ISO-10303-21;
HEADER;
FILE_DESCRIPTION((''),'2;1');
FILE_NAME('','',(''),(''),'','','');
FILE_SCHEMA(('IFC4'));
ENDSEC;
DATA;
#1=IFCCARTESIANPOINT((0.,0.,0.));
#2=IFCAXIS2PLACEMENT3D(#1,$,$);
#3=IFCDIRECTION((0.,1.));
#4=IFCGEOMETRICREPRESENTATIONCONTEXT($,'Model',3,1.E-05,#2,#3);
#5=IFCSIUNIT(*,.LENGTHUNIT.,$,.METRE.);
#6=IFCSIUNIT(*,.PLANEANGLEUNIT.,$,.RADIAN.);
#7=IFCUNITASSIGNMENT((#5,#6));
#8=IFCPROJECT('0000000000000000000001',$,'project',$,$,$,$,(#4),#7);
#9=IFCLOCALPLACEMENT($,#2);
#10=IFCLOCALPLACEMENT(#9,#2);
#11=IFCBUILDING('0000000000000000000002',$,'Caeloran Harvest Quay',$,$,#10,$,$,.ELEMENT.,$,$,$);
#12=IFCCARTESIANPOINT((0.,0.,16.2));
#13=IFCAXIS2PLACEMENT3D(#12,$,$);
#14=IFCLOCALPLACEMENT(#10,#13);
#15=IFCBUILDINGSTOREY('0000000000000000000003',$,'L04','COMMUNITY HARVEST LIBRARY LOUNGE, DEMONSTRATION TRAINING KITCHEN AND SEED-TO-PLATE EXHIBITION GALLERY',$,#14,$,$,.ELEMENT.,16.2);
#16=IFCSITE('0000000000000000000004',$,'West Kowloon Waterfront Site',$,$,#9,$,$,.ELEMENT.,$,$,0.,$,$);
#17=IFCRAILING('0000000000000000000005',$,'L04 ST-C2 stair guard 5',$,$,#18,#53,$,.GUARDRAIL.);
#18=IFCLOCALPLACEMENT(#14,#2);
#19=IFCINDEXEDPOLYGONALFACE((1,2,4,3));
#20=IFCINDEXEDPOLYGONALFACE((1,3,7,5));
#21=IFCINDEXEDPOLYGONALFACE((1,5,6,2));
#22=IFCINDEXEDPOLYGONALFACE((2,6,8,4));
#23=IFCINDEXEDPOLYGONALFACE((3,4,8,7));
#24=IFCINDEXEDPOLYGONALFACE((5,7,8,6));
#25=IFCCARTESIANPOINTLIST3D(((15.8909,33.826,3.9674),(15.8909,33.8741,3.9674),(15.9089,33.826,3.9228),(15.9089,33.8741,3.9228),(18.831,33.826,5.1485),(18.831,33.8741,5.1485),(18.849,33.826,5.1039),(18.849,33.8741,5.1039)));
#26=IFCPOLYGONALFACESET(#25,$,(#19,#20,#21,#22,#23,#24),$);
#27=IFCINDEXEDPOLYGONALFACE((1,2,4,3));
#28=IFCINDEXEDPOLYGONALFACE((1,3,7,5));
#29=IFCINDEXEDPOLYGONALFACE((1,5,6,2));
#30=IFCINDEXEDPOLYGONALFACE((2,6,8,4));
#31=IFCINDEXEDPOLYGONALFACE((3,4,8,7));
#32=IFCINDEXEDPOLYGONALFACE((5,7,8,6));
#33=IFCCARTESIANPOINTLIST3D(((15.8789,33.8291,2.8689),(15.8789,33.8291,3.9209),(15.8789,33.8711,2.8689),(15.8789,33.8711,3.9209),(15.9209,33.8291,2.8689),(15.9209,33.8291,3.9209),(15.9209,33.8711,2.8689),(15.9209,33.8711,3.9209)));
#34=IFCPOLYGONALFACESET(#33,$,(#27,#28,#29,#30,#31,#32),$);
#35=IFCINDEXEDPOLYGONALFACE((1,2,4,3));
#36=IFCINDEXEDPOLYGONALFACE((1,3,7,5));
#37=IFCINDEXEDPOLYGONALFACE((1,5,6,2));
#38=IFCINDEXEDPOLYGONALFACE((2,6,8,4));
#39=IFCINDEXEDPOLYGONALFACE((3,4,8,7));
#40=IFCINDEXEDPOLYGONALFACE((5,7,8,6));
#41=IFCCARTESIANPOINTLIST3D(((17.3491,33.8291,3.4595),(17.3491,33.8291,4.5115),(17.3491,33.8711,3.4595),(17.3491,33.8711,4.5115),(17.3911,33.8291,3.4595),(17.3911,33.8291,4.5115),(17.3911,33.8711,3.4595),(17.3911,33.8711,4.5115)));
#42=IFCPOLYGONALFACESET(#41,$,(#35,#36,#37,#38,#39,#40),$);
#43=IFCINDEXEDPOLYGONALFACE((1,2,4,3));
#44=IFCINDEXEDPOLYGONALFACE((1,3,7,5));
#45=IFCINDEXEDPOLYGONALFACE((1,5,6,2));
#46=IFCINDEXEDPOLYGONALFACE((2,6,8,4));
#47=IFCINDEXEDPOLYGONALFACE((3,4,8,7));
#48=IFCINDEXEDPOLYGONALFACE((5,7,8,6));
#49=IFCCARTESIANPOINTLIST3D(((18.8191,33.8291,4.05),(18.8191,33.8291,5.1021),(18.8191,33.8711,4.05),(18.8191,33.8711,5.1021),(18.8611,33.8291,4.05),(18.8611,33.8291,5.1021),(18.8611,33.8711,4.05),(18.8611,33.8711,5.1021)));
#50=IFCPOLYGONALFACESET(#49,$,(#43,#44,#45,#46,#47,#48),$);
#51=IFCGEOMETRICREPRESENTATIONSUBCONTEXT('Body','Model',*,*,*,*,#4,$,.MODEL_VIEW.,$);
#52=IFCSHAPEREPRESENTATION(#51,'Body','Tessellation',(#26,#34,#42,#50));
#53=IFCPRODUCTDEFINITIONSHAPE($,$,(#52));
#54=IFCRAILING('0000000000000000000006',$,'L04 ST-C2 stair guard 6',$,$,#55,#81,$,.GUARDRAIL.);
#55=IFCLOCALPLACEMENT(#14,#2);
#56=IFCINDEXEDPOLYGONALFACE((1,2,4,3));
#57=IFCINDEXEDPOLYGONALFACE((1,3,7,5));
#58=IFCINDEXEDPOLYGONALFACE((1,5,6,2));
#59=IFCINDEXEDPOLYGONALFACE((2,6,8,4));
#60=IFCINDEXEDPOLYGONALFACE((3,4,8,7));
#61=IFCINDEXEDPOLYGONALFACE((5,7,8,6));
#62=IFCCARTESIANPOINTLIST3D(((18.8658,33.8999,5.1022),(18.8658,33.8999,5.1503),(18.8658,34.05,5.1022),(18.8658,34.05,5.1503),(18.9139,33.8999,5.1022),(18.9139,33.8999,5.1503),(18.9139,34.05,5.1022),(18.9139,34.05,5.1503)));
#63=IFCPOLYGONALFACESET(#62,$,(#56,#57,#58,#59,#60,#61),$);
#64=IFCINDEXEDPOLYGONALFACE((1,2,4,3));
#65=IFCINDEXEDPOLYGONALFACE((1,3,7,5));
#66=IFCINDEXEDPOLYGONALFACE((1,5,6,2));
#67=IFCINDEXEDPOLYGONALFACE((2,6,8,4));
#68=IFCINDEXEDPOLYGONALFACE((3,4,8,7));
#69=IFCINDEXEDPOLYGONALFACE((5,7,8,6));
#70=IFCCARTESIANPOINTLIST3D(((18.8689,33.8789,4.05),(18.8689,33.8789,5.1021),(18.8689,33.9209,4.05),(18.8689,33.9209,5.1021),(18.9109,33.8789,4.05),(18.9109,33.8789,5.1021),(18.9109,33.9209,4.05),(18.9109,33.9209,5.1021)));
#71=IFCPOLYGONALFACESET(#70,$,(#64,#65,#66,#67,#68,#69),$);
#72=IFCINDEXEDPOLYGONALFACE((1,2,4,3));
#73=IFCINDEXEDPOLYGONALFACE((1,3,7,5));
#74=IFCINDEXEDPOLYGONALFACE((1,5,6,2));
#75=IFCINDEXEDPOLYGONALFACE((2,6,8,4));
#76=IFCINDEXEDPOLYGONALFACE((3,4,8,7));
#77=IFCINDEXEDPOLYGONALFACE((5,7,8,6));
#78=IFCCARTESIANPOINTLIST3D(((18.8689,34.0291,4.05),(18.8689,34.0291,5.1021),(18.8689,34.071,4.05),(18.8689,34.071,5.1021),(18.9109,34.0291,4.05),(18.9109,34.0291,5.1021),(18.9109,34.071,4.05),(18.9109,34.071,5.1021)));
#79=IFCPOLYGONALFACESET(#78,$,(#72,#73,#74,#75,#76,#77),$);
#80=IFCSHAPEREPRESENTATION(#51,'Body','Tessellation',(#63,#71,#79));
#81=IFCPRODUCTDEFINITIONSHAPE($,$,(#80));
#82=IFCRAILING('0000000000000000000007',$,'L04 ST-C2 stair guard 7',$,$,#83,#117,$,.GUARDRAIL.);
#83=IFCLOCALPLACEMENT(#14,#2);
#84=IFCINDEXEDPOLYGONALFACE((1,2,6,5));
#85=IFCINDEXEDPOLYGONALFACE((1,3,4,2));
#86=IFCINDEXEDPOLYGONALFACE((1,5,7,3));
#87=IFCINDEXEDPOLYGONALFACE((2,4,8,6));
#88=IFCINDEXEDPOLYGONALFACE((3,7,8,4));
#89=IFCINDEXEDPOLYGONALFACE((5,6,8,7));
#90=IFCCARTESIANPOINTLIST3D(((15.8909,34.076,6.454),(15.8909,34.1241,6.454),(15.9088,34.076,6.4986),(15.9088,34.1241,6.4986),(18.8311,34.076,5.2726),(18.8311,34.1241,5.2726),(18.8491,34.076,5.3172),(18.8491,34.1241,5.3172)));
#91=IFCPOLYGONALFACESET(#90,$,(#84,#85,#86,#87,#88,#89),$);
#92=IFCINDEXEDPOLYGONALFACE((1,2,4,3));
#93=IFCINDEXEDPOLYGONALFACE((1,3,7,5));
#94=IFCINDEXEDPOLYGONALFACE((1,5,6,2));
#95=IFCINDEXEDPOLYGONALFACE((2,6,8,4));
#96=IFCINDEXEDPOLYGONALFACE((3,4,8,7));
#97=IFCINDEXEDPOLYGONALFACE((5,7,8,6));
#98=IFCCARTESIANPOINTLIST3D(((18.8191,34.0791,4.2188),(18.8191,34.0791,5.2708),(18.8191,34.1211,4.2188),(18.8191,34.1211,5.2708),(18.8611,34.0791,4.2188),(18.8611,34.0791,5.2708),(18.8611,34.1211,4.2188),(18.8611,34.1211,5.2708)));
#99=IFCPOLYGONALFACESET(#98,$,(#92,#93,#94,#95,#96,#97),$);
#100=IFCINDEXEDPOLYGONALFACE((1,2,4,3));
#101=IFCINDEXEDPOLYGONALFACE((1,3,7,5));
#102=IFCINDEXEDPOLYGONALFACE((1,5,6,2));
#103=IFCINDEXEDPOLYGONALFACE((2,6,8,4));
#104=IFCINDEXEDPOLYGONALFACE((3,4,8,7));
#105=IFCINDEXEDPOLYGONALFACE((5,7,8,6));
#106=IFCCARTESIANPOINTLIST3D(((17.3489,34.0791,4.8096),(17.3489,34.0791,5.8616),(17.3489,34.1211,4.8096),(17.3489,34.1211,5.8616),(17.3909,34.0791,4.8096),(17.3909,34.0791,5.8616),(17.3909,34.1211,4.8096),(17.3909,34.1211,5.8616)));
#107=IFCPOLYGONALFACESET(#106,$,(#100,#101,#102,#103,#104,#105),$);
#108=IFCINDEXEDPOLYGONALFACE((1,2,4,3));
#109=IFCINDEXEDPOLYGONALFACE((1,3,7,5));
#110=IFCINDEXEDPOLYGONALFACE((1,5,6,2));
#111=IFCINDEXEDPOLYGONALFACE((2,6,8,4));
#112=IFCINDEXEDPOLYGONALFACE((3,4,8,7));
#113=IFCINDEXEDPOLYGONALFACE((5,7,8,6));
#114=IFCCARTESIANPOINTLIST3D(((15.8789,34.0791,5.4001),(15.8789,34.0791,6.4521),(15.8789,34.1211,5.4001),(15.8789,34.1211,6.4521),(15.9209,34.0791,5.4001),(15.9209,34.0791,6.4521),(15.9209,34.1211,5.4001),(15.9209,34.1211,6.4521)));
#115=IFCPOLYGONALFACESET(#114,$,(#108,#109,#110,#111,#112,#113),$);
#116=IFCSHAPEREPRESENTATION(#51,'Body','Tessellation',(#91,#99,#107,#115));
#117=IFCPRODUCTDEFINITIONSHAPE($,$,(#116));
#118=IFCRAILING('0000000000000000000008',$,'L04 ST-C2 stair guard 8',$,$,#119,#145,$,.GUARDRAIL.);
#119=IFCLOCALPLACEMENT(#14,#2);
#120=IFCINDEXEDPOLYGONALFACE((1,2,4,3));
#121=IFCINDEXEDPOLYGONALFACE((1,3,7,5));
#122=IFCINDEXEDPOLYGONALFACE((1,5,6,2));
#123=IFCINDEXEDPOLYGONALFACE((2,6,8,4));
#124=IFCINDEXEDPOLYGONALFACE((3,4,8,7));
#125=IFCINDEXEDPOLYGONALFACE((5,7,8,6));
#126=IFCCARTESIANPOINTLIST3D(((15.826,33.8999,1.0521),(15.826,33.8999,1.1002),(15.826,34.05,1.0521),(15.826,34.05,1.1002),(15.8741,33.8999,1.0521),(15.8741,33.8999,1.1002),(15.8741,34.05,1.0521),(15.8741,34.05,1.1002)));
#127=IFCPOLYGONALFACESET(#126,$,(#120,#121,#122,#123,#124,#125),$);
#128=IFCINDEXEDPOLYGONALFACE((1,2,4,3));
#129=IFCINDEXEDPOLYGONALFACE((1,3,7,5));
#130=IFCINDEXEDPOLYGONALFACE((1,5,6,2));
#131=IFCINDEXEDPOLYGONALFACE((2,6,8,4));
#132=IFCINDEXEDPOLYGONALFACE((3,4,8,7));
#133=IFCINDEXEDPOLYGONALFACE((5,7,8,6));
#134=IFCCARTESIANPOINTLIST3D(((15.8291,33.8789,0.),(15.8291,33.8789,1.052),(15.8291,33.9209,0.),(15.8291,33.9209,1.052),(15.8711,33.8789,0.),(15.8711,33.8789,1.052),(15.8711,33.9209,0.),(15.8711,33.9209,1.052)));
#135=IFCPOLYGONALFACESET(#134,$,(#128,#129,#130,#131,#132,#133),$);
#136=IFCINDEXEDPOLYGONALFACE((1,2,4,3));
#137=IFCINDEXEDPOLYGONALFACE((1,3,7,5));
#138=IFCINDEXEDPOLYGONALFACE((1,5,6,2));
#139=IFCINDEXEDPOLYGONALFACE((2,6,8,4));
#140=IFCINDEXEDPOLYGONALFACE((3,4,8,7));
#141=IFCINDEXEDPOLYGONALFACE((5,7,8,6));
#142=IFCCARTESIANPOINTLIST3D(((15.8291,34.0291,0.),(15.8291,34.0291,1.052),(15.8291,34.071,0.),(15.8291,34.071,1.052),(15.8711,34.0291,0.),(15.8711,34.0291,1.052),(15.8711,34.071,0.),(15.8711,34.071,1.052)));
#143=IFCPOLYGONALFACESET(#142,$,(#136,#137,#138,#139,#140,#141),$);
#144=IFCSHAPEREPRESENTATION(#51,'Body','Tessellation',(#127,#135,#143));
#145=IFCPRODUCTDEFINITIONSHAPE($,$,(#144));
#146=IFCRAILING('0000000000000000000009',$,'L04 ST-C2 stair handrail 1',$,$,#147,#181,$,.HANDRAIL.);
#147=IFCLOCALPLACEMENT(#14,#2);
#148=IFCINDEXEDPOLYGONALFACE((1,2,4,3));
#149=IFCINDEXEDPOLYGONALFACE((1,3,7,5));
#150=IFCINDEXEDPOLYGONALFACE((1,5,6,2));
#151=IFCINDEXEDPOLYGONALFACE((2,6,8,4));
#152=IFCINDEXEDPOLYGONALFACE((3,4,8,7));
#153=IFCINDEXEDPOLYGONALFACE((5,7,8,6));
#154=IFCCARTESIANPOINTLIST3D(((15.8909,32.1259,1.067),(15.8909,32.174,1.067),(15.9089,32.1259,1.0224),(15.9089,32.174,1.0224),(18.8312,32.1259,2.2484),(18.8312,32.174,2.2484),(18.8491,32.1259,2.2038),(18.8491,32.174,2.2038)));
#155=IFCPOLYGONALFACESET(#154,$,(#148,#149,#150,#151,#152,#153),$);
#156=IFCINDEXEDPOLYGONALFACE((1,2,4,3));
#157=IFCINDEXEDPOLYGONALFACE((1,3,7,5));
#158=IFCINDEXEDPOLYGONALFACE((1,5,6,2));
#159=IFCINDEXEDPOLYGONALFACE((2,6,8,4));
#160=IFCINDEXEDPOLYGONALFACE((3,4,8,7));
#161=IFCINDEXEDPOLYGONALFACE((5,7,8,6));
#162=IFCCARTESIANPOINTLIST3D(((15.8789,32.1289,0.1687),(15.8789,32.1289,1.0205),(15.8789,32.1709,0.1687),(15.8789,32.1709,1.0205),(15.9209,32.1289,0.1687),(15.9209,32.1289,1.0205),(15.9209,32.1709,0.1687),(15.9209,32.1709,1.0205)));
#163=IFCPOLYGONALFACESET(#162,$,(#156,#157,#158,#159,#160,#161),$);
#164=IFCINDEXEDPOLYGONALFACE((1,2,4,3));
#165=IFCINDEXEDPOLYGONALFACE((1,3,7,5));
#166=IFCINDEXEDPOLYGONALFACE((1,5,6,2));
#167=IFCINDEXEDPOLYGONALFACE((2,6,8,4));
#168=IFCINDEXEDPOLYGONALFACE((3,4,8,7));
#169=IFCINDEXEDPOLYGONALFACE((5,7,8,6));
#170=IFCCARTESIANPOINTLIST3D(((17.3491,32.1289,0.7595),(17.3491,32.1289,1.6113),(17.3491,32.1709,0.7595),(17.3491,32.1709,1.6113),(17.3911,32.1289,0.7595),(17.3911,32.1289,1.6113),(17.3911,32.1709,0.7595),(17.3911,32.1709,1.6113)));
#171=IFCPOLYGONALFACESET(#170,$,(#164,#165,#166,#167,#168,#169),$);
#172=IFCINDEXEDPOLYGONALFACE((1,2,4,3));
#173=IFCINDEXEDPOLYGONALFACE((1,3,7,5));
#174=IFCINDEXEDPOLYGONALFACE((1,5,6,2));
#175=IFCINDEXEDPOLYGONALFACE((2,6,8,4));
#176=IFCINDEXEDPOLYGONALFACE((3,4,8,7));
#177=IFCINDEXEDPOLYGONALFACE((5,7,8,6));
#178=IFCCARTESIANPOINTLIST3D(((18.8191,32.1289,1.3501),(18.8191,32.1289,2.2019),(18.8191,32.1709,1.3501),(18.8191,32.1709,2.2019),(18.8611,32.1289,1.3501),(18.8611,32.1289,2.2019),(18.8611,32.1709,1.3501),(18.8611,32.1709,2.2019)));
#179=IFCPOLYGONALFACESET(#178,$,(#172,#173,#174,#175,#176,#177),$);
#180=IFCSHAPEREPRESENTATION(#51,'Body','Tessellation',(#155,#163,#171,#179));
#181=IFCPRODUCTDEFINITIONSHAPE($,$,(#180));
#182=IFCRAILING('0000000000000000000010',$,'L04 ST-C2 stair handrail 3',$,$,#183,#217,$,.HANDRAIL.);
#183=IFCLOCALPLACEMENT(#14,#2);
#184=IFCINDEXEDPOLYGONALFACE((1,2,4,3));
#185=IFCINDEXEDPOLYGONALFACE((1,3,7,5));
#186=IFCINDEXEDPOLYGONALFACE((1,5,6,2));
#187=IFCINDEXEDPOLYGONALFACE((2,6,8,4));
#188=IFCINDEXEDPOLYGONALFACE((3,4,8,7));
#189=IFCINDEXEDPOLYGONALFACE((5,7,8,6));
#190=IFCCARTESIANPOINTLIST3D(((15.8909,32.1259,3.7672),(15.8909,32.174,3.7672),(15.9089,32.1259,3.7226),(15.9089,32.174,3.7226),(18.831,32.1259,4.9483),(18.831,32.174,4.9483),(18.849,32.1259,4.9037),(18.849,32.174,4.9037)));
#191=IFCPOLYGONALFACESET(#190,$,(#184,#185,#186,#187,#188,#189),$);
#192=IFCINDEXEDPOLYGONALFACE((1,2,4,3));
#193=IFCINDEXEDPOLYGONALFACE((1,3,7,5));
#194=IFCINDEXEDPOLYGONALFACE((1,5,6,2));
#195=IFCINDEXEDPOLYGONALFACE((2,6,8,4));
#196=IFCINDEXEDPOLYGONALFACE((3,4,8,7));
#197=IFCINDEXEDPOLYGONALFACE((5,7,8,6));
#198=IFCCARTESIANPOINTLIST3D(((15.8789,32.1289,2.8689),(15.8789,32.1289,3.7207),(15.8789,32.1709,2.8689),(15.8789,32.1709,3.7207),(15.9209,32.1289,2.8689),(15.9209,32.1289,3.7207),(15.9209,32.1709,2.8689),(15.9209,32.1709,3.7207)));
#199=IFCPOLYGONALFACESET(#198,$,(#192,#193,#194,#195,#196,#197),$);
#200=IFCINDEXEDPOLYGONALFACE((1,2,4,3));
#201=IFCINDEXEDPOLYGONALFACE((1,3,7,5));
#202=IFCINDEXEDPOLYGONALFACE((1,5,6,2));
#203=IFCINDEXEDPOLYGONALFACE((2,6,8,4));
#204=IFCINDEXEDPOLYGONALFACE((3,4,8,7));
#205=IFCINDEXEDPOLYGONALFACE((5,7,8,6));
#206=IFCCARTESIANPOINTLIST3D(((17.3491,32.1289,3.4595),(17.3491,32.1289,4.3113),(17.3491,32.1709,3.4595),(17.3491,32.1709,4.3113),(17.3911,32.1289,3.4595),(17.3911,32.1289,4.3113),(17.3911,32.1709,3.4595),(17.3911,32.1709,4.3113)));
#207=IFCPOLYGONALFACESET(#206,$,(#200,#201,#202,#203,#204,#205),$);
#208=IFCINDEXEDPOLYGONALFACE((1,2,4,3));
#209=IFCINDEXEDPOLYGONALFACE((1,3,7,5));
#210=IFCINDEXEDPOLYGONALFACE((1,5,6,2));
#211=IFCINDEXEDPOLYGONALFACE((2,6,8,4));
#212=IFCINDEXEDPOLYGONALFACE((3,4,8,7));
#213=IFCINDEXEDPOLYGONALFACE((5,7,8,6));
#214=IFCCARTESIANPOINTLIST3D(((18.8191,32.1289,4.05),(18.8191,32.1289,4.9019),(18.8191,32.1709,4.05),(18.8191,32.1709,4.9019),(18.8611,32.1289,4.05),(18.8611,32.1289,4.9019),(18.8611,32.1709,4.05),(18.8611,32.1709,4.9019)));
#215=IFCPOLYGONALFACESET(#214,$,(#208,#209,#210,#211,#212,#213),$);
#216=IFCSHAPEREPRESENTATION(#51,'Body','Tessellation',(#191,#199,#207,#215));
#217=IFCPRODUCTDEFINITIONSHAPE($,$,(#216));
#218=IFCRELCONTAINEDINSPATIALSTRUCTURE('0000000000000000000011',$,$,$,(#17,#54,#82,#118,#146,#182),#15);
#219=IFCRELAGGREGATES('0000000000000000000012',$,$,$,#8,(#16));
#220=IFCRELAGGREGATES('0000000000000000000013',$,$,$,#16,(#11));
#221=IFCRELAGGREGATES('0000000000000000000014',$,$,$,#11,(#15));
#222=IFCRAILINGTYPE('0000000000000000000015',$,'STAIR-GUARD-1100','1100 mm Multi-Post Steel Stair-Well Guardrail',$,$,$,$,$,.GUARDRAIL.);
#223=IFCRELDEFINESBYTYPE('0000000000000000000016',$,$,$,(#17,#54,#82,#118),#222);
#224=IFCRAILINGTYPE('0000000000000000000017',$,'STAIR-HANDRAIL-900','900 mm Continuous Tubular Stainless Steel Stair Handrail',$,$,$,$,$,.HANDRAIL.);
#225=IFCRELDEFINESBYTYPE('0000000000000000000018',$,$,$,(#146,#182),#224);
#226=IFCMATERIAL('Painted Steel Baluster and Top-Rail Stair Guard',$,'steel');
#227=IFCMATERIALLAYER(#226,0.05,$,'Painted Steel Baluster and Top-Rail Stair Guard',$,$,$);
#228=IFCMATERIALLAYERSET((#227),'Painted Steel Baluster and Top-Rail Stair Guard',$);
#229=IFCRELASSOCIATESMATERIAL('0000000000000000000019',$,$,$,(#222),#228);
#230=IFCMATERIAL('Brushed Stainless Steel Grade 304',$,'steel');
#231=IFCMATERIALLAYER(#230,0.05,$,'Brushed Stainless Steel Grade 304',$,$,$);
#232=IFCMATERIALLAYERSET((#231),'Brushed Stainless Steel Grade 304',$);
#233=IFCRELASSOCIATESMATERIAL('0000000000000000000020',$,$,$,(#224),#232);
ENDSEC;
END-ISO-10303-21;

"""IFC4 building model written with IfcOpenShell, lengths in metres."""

from ifc_helpers import new_model, si_unit, direction, frame, origin, origin_2d, place, context, subcontext, project, spatial, rectangle, extrude, material, layer, layer_set, type_object, element, save


model = new_model("IFC4")

# Units and contexts
model_context = context("Model", 3, precision=1e-05, world=origin(), true_north=direction((0.0, 1.0)))
body_context = subcontext(model_context, "Body", "Model", "MODEL_VIEW")
ifc_project = project(units=[si_unit("LENGTHUNIT", "METRE"), si_unit("PLANEANGLEUNIT", "RADIAN")], contexts=[model_context])

# Site, building, storey
site_placement = place(None, origin())
site = spatial("IfcSite", under=ifc_project, at=site_placement, Name="West Kowloon Waterfront Site", CompositionType="ELEMENT", RefElevation=0.0)
building_placement = place(site_placement, origin())
building = spatial("IfcBuilding", under=site, at=building_placement, Name="Caeloran Harvest Quay", CompositionType="ELEMENT")
storey_placement = place(building_placement, frame((0.0, 0.0, 16.2)))
storey = spatial("IfcBuildingStorey", under=building, at=storey_placement, Name="L04", Description="COMMUNITY HARVEST LIBRARY LOUNGE, DEMONSTRATION TRAINING KITCHEN AND SEED-TO-PLATE EXHIBITION GALLERY", CompositionType="ELEMENT", Elevation=16.2)

# Railings
ifc_material_1 = material(Name="Painted Steel Baluster and Top-Rail Stair Guard", Category="steel")
ifc_layer_1 = layer(ifc_material_1, 0.05, Name="Painted Steel Baluster and Top-Rail Stair Guard")
ifc_layer_set_1 = layer_set([ifc_layer_1], Name="Painted Steel Baluster and Top-Rail Stair Guard")
railing_type_1 = type_object("IfcRailingType", Name="STAIR-GUARD-1100", Description="1100 mm Multi-Post Steel Stair-Well Guardrail", PredefinedType="GUARDRAIL", material=ifc_layer_set_1)
railing_1_placement = place(storey_placement, frame((15.8999, 33.8501, 2.8689)))
element("IfcRailing", 1, at=railing_1_placement, inside=storey, type_object=railing_type_1, Name="L04 ST-C2 stair guard 5", PredefinedType="GUARDRAIL", context=body_context, shape_type="SweptSolid", body=[
    extrude(rectangle(XDim=0.0481, YDim=0.0481, at=origin_2d()), frame((0.0, 0.0, 1.0762), z_axis=(0.927923, 0.0, 0.372772), x_axis=(0.0, 1.0, 0.0)), (0.0, 0.0, 1.0), 3.1685),
    extrude(rectangle(XDim=0.042, YDim=0.042, at=origin_2d()), origin(), (0.0, 0.0, 1.0), 1.052),
    extrude(rectangle(XDim=0.042, YDim=0.042, at=origin_2d()), frame((1.4702, 0.0, 0.5906)), (0.0, 0.0, 1.0), 1.052),
    extrude(rectangle(XDim=0.042, YDim=0.042, at=origin_2d()), frame((2.9402, 0.0, 1.1812)), (0.0, 0.0, 1.0), 1.052),
])
railing_2_placement = place(storey_placement, frame((18.8899, 33.8999, 4.05)))
element("IfcRailing", 2, at=railing_2_placement, inside=storey, type_object=railing_type_1, Name="L04 ST-C2 stair guard 6", PredefinedType="GUARDRAIL", context=body_context, shape_type="SweptSolid", body=[
    extrude(rectangle(XDim=0.0481, YDim=0.0481, at=origin_2d()), frame((0.0, 0.0, 1.0762), z_axis=(0.0, 1.0, 0.0), x_axis=(-1.0, 0.0, 0.0)), (0.0, 0.0, 1.0), 0.1501),
    extrude(rectangle(XDim=0.042, YDim=0.042, at=origin_2d()), origin(), (0.0, 0.0, 1.0), 1.052),
    extrude(rectangle(XDim=0.042, YDim=0.042, at=origin_2d()), frame((0.0, 0.1501, 0.0)), (0.0, 0.0, 1.0), 1.052),
])
railing_3_placement = place(storey_placement, frame((18.8401, 34.1001, 4.2188)))
element("IfcRailing", 3, at=railing_3_placement, inside=storey, type_object=railing_type_1, Name="L04 ST-C2 stair guard 7", PredefinedType="GUARDRAIL", context=body_context, shape_type="SweptSolid", body=[
    extrude(rectangle(XDim=0.0481, YDim=0.0481, at=origin_2d()), frame((0.0, 0.0, 1.0762), z_axis=(-0.927896, 0.0, 0.372838), x_axis=(0.0, -1.0, 0.0)), (0.0, 0.0, 1.0), 3.1687),
    extrude(rectangle(XDim=0.042, YDim=0.042, at=origin_2d()), origin(), (0.0, 0.0, 1.0), 1.052),
    extrude(rectangle(XDim=0.042, YDim=0.042, at=origin_2d()), frame((-1.4702, 0.0, 0.5908)), (0.0, 0.0, 1.0), 1.052),
    extrude(rectangle(XDim=0.042, YDim=0.042, at=origin_2d()), frame((-2.9402, 0.0, 1.1814)), (0.0, 0.0, 1.0), 1.052),
])
railing_4_placement = place(storey_placement, frame((15.8501, 33.8999, 0.0)))
element("IfcRailing", 4, at=railing_4_placement, inside=storey, type_object=railing_type_1, Name="L04 ST-C2 stair guard 8", PredefinedType="GUARDRAIL", context=body_context, shape_type="SweptSolid", body=[
    extrude(rectangle(XDim=0.0481, YDim=0.0481, at=origin_2d()), frame((0.0, 0.0, 1.0762), z_axis=(0.0, 1.0, 0.0), x_axis=(-1.0, 0.0, 0.0)), (0.0, 0.0, 1.0), 0.1501),
    extrude(rectangle(XDim=0.042, YDim=0.042, at=origin_2d()), origin(), (0.0, 0.0, 1.0), 1.052),
    extrude(rectangle(XDim=0.042, YDim=0.042, at=origin_2d()), frame((0.0, 0.1501, 0.0)), (0.0, 0.0, 1.0), 1.052),
])
ifc_material_2 = material(Name="Brushed Stainless Steel Grade 304", Category="steel")
ifc_layer_2 = layer(ifc_material_2, 0.05, Name="Brushed Stainless Steel Grade 304")
ifc_layer_set_2 = layer_set([ifc_layer_2], Name="Brushed Stainless Steel Grade 304")
railing_type_2 = type_object("IfcRailingType", Name="STAIR-HANDRAIL-900", Description="900 mm Continuous Tubular Stainless Steel Stair Handrail", PredefinedType="HANDRAIL", material=ifc_layer_set_2)
railing_5_placement = place(storey_placement, frame((15.8999, 32.1499, 0.1687)))
element("IfcRailing", 5, at=railing_5_placement, inside=storey, type_object=railing_type_2, Name="L04 ST-C2 stair handrail 1", PredefinedType="HANDRAIL", context=body_context, shape_type="SweptSolid", body=[
    extrude(rectangle(XDim=0.0481, YDim=0.0481, at=origin_2d()), frame((0.0, 0.0, 0.876), z_axis=(0.927896, 0.0, 0.372838), x_axis=(0.0, 1.0, 0.0)), (0.0, 0.0, 1.0), 3.1687),
    extrude(rectangle(XDim=0.042, YDim=0.042, at=origin_2d()), origin(), (0.0, 0.0, 1.0), 0.8518),
    extrude(rectangle(XDim=0.042, YDim=0.042, at=origin_2d()), frame((1.4702, 0.0, 0.5908)), (0.0, 0.0, 1.0), 0.8518),
    extrude(rectangle(XDim=0.042, YDim=0.042, at=origin_2d()), frame((2.9402, 0.0, 1.1814)), (0.0, 0.0, 1.0), 0.8518),
])
railing_6_placement = place(storey_placement, frame((15.8999, 32.1499, 2.8689)))
element("IfcRailing", 6, at=railing_6_placement, inside=storey, type_object=railing_type_2, Name="L04 ST-C2 stair handrail 3", PredefinedType="HANDRAIL", context=body_context, shape_type="SweptSolid", body=[
    extrude(rectangle(XDim=0.0481, YDim=0.0481, at=origin_2d()), frame((0.0, 0.0, 0.876), z_axis=(0.927923, 0.0, 0.372772), x_axis=(0.0, 1.0, 0.0)), (0.0, 0.0, 1.0), 3.1685),
    extrude(rectangle(XDim=0.042, YDim=0.042, at=origin_2d()), origin(), (0.0, 0.0, 1.0), 0.8518),
    extrude(rectangle(XDim=0.042, YDim=0.042, at=origin_2d()), frame((1.4702, 0.0, 0.5906)), (0.0, 0.0, 1.0), 0.8518),
    extrude(rectangle(XDim=0.042, YDim=0.042, at=origin_2d()), frame((2.9402, 0.0, 1.1812)), (0.0, 0.0, 1.0), 0.8518),
])

save(model, "model.ifc")
